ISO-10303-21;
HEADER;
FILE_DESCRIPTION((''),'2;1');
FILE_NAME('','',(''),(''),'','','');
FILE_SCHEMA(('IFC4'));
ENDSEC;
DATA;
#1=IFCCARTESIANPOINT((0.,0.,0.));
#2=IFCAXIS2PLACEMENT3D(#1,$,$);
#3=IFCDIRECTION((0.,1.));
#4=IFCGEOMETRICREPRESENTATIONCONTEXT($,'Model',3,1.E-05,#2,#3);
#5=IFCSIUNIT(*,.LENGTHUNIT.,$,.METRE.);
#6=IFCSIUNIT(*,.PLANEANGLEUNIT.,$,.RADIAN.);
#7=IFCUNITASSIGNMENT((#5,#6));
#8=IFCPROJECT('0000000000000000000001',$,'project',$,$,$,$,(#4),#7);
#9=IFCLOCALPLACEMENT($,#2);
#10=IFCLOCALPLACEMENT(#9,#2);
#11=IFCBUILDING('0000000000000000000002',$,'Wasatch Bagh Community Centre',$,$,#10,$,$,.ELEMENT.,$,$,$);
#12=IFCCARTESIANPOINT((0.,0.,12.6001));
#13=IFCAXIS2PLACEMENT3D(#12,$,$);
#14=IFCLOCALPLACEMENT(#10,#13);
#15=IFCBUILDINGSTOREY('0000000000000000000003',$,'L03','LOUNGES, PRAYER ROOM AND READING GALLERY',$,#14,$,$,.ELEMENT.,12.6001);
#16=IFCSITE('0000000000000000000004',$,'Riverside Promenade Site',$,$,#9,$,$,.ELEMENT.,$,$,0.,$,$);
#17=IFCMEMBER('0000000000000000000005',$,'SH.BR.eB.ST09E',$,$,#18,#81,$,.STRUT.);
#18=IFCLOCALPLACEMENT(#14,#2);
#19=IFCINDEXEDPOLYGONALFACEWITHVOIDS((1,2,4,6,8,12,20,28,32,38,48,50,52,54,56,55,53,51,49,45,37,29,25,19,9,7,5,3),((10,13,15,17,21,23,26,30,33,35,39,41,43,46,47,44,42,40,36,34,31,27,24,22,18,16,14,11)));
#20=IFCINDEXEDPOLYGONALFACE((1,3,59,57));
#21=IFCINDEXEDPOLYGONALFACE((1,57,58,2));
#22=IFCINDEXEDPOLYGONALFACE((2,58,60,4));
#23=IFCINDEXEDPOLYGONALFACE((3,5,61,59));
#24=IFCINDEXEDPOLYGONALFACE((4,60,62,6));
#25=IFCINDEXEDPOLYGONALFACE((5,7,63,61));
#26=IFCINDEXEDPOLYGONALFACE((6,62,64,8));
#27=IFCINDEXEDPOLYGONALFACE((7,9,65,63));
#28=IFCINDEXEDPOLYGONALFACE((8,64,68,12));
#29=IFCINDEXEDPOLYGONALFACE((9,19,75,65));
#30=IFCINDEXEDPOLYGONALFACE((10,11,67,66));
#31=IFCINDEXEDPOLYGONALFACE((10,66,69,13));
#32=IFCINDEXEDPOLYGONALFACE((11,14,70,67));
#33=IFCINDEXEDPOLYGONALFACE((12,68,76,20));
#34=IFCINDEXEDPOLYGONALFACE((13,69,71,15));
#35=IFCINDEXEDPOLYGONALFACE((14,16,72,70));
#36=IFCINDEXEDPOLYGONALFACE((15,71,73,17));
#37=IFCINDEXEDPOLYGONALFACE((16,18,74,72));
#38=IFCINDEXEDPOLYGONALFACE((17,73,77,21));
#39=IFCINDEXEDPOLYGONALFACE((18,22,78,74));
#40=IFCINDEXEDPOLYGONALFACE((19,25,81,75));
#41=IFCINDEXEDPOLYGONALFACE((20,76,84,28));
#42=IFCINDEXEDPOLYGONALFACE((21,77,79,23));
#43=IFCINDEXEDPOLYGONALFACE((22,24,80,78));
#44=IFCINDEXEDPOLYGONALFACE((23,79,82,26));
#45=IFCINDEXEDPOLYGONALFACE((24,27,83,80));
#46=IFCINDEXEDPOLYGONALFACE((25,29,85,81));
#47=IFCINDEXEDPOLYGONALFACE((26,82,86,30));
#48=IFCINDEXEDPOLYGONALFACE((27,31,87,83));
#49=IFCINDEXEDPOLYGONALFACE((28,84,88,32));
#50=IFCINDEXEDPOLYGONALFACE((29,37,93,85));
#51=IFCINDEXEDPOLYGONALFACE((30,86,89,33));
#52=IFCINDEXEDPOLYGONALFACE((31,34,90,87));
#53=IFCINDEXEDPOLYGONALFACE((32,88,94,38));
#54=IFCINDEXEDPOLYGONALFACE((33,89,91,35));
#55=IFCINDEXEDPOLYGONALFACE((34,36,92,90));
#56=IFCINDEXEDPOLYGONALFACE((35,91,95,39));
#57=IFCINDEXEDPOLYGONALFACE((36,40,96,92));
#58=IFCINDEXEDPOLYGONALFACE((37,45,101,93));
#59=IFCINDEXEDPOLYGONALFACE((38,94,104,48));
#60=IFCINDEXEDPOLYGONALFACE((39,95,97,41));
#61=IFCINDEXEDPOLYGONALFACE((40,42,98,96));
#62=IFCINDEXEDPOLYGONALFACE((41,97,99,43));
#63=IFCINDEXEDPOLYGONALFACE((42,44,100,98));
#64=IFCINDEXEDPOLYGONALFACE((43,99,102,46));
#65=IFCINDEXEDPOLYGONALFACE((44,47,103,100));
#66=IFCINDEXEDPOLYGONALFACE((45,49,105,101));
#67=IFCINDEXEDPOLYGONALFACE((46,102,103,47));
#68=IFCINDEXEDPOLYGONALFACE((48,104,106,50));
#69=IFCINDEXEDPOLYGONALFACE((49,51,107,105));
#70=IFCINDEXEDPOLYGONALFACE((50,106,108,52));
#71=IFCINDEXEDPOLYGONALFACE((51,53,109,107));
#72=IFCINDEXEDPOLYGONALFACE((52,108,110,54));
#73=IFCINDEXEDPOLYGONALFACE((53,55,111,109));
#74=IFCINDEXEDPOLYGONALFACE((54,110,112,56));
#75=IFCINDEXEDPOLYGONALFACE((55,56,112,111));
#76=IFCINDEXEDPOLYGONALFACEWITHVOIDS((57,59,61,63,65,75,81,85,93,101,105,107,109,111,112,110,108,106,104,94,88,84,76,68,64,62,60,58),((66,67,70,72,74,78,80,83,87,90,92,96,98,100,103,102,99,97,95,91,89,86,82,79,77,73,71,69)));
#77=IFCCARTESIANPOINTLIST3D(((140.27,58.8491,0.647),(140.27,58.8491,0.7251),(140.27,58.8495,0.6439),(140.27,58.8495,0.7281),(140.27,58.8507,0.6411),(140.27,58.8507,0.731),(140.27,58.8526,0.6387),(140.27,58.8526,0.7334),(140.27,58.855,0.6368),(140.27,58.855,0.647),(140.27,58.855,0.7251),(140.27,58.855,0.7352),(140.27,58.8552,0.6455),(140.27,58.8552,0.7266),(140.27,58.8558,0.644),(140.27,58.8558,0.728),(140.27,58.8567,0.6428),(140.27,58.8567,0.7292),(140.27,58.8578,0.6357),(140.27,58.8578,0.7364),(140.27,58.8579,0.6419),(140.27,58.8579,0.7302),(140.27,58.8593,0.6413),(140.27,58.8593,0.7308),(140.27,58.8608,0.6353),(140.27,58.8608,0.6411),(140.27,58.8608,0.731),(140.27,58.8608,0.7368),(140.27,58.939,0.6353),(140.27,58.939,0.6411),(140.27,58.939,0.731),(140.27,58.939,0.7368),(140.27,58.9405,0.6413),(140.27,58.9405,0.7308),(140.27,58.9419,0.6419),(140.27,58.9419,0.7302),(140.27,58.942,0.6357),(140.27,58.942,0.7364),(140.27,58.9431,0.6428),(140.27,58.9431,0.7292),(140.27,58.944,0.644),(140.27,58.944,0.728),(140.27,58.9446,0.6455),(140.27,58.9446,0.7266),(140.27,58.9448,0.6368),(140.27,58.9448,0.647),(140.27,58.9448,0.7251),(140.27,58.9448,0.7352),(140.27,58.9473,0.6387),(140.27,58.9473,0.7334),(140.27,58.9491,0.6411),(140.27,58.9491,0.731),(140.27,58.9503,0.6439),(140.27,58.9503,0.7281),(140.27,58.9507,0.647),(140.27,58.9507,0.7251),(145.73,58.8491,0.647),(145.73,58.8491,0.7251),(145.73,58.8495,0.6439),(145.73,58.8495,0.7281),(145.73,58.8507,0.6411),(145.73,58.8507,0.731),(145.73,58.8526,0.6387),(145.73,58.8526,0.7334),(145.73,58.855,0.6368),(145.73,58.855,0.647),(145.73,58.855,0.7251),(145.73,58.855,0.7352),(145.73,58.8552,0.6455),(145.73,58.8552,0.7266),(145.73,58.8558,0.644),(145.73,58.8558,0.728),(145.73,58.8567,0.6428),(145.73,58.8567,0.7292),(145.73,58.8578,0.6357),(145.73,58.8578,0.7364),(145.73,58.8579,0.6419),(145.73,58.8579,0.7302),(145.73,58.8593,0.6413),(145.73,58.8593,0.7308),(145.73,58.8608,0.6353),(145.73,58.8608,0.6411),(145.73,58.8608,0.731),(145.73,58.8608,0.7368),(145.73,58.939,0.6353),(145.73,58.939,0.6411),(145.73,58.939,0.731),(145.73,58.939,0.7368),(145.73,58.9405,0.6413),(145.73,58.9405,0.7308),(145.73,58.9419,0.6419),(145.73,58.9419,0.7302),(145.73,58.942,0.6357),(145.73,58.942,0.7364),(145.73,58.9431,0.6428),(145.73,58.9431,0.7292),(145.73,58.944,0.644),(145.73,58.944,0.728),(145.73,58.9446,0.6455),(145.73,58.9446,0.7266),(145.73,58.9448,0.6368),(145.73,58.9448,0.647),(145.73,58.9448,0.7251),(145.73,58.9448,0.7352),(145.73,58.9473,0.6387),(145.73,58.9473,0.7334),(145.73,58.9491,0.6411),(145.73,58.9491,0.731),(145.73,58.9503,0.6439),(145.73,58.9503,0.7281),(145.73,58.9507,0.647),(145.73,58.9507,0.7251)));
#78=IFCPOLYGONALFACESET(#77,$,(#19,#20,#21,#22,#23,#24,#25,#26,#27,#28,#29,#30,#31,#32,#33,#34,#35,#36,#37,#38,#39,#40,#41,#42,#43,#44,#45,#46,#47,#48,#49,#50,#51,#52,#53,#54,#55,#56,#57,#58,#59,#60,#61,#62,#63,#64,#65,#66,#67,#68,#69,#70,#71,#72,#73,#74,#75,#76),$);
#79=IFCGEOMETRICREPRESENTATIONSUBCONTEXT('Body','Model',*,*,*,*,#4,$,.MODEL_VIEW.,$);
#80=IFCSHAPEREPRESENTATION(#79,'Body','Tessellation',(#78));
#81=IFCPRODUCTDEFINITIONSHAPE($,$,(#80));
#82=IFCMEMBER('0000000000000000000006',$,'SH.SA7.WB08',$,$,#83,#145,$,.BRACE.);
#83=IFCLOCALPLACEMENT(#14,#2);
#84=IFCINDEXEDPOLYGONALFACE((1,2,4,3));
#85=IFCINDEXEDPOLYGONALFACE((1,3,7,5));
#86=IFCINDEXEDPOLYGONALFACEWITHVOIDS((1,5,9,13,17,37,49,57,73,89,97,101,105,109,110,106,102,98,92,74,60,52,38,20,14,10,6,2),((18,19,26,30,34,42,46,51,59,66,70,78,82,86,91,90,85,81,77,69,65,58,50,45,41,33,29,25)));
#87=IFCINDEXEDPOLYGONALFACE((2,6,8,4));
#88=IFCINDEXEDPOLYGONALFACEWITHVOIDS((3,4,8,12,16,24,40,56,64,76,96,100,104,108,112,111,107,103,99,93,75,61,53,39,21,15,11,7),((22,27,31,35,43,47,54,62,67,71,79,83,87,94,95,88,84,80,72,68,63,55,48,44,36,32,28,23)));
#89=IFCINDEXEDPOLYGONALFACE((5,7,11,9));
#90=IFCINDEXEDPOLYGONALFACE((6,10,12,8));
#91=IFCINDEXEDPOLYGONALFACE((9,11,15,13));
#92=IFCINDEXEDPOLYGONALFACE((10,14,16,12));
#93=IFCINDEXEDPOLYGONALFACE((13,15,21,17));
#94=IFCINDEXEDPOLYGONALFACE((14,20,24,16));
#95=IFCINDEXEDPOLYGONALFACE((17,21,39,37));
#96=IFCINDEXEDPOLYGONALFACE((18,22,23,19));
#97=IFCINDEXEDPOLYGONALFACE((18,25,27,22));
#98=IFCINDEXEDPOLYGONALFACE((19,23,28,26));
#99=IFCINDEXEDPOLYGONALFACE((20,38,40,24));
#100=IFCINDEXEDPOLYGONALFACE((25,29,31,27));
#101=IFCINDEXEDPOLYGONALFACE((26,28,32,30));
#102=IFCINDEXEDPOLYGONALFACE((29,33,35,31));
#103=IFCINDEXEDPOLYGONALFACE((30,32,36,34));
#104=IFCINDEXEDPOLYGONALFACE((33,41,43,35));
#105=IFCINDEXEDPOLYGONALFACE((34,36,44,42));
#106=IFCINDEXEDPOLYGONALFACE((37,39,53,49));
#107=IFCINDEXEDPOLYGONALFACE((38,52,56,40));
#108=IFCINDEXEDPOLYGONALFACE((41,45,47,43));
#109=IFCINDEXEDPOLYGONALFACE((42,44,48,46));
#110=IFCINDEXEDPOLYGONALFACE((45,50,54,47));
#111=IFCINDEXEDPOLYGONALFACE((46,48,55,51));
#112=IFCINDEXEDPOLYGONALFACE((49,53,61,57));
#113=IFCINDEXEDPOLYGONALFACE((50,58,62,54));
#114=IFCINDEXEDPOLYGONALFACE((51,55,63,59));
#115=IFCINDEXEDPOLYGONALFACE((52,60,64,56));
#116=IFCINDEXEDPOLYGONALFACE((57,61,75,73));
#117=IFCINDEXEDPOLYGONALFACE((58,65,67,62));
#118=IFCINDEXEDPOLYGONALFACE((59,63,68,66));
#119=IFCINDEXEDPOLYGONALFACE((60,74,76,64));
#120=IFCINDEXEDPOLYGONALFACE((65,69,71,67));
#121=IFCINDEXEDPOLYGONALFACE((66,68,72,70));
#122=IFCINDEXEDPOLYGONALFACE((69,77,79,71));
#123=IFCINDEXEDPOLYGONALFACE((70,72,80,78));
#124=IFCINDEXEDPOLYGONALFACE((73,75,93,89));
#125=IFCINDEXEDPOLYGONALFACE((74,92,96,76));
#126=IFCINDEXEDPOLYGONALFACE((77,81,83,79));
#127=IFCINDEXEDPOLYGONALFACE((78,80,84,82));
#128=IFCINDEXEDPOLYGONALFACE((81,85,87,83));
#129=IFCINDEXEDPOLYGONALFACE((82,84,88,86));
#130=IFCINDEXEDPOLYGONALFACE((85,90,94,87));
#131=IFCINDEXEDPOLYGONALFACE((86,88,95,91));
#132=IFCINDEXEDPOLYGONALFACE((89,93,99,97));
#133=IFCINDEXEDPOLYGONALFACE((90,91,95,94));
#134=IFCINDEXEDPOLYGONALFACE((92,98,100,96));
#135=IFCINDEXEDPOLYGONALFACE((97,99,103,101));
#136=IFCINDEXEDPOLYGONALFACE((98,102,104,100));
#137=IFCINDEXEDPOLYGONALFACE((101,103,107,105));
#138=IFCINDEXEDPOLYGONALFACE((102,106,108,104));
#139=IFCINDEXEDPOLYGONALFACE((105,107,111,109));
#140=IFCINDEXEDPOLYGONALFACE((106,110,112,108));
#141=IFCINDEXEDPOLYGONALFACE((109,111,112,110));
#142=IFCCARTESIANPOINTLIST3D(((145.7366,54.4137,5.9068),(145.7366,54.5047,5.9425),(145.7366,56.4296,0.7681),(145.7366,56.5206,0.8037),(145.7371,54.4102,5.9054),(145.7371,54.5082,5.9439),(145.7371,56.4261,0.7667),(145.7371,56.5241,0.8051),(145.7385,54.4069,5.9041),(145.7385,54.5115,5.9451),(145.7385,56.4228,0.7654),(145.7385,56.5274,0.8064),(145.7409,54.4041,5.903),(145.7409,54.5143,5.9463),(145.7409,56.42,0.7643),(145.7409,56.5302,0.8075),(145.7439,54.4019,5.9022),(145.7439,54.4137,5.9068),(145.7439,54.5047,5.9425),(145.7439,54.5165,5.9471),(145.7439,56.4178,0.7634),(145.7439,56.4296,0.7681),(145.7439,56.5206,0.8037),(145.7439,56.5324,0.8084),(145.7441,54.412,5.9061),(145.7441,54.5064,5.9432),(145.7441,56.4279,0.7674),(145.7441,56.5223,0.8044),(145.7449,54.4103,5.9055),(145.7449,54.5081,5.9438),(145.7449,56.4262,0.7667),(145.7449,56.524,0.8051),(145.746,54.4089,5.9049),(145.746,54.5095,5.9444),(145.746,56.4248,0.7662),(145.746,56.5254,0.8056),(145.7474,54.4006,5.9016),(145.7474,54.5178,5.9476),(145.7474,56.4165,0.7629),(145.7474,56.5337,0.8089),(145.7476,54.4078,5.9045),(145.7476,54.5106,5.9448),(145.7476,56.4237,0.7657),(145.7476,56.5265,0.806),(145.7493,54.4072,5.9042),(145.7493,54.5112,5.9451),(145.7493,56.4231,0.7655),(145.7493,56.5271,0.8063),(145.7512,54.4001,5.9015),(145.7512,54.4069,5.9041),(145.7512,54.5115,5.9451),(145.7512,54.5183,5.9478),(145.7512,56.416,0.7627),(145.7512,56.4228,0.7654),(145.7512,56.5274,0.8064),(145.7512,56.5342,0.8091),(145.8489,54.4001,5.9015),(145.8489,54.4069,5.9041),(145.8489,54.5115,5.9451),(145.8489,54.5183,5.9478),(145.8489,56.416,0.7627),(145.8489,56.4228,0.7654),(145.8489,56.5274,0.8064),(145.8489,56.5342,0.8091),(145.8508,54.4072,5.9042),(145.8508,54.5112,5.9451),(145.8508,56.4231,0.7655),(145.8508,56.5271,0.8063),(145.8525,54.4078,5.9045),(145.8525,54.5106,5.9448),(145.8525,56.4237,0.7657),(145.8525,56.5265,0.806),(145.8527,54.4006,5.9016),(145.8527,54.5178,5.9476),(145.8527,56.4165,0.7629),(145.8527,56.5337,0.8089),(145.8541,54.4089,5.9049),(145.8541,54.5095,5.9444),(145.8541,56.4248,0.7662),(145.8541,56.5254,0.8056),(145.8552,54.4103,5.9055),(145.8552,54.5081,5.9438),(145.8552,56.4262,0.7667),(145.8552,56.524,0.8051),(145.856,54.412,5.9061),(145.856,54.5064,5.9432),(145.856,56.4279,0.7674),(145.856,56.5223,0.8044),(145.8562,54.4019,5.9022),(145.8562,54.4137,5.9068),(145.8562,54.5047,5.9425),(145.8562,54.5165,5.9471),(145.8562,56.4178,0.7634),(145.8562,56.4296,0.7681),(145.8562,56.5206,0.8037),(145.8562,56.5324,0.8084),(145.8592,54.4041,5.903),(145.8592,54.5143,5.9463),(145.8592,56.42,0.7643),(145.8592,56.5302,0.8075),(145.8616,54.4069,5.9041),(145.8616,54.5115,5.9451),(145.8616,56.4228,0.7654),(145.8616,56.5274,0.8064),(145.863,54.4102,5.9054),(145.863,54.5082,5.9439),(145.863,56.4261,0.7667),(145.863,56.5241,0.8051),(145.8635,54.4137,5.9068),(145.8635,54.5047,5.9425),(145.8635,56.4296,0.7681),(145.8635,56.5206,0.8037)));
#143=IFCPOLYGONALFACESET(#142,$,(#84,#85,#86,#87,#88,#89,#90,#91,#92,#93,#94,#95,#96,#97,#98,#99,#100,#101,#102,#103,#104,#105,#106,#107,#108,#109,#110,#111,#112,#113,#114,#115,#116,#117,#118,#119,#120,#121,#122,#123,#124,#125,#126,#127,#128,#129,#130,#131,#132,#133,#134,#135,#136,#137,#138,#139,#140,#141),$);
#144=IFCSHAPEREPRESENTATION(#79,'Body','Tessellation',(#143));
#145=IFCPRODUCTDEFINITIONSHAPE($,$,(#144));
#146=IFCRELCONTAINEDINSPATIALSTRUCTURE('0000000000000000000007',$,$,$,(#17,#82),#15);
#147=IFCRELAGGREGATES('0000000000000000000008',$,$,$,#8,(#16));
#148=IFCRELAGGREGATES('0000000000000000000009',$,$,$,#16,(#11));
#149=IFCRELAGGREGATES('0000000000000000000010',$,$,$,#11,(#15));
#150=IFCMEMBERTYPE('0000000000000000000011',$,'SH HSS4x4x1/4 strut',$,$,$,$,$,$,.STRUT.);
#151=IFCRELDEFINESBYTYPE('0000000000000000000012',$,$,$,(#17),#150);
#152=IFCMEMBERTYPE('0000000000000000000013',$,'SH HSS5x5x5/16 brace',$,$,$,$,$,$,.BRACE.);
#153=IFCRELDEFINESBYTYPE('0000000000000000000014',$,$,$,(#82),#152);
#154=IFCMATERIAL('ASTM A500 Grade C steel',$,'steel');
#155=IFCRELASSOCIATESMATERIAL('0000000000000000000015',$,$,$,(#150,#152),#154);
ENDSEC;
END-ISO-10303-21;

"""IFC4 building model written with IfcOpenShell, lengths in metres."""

from ifc_helpers import new_model, si_unit, direction, frame, origin, origin_2d, place, context, subcontext, project, spatial, hollow_rectangle, extrude, material, material_profile, profile_set, type_object, element, save


model = new_model("IFC4")

# Units and contexts
model_context = context("Model", 3, precision=1e-05, world=origin(), true_north=direction((0.0, 1.0)))
body_context = subcontext(model_context, "Body", "Model", "MODEL_VIEW")
ifc_project = project(units=[si_unit("LENGTHUNIT", "METRE"), si_unit("PLANEANGLEUNIT", "RADIAN")], contexts=[model_context])

# Site, building, storey
site_placement = place(None, origin())
site = spatial("IfcSite", under=ifc_project, at=site_placement, Name="Riverside Promenade Site", CompositionType="ELEMENT", RefElevation=0.0)
building_placement = place(site_placement, origin())
building = spatial("IfcBuilding", under=site, at=building_placement, Name="Wasatch Bagh Community Centre", CompositionType="ELEMENT")
storey_placement = place(building_placement, frame((0.0, 0.0, 12.6001)))
storey = spatial("IfcBuildingStorey", under=building, at=storey_placement, Name="L03", Description="LOUNGES, PRAYER ROOM AND READING GALLERY", CompositionType="ELEMENT", Elevation=12.6001)

# Members
ifc_material_1 = material(Name="ASTM A500 Grade C steel", Category="steel")
ifc_material_profile_1 = material_profile(ifc_material_1, hollow_rectangle(XDim=0.1016, YDim=0.1016, WallThickness=0.0059, InnerFilletRadius=0.0059, OuterFilletRadius=0.0117, at=origin_2d()), Name="HSS4x4x1/4")
ifc_profile_set_1 = profile_set([ifc_material_profile_1], Name="ASTM A500 Grade C steel")
member_type_1 = type_object("IfcMemberType", Name="SH HSS4x4x1/4 strut", PredefinedType="STRUT", material=ifc_profile_set_1)
member_1_placement = place(storey_placement, frame((140.27, 58.8999, 0.686), z_axis=(1.0, 0.0, 0.0), x_axis=(0.0, 1.0, 0.0)))
element("IfcMember", 1, at=member_1_placement, inside=storey, type_object=member_type_1, Name="SH.BR.eB.ST09E", PredefinedType="STRUT", context=body_context, shape_type="SweptSolid", body=[
    extrude(hollow_rectangle(XDim=0.1016, YDim=0.1016, WallThickness=0.0059, InnerFilletRadius=0.0059, OuterFilletRadius=0.0117, at=origin_2d()), origin(), (0.0, 0.0, 1.0), 5.46),
])
ifc_material_profile_2 = material_profile(ifc_material_1, hollow_rectangle(XDim=0.127, YDim=0.127, WallThickness=0.0073, InnerFilletRadius=0.0073, OuterFilletRadius=0.0146, at=origin_2d()), Name="HSS5x5x5/16")
ifc_profile_set_2 = profile_set([ifc_material_profile_2], Name="ASTM A500 Grade C steel")
member_type_2 = type_object("IfcMemberType", Name="SH HSS5x5x5/16 brace", PredefinedType="BRACE", material=ifc_profile_set_2)
member_2_placement = place(storey_placement, frame((145.8, 56.4751, 0.7859), z_axis=(0.0, -0.365198, 0.93093), x_axis=(1.0, 0.0, 0.0)))
element("IfcMember", 2, at=member_2_placement, inside=storey, type_object=member_type_2, Name="SH.SA7.WB08", PredefinedType="BRACE", context=body_context, shape_type="SweptSolid", body=[
    extrude(hollow_rectangle(XDim=0.127, YDim=0.127, WallThickness=0.0073, InnerFilletRadius=0.0073, OuterFilletRadius=0.0146, at=origin_2d()), origin(), (0.0, 0.0, 1.0), 5.52),
])

save(model, "model.ifc")
